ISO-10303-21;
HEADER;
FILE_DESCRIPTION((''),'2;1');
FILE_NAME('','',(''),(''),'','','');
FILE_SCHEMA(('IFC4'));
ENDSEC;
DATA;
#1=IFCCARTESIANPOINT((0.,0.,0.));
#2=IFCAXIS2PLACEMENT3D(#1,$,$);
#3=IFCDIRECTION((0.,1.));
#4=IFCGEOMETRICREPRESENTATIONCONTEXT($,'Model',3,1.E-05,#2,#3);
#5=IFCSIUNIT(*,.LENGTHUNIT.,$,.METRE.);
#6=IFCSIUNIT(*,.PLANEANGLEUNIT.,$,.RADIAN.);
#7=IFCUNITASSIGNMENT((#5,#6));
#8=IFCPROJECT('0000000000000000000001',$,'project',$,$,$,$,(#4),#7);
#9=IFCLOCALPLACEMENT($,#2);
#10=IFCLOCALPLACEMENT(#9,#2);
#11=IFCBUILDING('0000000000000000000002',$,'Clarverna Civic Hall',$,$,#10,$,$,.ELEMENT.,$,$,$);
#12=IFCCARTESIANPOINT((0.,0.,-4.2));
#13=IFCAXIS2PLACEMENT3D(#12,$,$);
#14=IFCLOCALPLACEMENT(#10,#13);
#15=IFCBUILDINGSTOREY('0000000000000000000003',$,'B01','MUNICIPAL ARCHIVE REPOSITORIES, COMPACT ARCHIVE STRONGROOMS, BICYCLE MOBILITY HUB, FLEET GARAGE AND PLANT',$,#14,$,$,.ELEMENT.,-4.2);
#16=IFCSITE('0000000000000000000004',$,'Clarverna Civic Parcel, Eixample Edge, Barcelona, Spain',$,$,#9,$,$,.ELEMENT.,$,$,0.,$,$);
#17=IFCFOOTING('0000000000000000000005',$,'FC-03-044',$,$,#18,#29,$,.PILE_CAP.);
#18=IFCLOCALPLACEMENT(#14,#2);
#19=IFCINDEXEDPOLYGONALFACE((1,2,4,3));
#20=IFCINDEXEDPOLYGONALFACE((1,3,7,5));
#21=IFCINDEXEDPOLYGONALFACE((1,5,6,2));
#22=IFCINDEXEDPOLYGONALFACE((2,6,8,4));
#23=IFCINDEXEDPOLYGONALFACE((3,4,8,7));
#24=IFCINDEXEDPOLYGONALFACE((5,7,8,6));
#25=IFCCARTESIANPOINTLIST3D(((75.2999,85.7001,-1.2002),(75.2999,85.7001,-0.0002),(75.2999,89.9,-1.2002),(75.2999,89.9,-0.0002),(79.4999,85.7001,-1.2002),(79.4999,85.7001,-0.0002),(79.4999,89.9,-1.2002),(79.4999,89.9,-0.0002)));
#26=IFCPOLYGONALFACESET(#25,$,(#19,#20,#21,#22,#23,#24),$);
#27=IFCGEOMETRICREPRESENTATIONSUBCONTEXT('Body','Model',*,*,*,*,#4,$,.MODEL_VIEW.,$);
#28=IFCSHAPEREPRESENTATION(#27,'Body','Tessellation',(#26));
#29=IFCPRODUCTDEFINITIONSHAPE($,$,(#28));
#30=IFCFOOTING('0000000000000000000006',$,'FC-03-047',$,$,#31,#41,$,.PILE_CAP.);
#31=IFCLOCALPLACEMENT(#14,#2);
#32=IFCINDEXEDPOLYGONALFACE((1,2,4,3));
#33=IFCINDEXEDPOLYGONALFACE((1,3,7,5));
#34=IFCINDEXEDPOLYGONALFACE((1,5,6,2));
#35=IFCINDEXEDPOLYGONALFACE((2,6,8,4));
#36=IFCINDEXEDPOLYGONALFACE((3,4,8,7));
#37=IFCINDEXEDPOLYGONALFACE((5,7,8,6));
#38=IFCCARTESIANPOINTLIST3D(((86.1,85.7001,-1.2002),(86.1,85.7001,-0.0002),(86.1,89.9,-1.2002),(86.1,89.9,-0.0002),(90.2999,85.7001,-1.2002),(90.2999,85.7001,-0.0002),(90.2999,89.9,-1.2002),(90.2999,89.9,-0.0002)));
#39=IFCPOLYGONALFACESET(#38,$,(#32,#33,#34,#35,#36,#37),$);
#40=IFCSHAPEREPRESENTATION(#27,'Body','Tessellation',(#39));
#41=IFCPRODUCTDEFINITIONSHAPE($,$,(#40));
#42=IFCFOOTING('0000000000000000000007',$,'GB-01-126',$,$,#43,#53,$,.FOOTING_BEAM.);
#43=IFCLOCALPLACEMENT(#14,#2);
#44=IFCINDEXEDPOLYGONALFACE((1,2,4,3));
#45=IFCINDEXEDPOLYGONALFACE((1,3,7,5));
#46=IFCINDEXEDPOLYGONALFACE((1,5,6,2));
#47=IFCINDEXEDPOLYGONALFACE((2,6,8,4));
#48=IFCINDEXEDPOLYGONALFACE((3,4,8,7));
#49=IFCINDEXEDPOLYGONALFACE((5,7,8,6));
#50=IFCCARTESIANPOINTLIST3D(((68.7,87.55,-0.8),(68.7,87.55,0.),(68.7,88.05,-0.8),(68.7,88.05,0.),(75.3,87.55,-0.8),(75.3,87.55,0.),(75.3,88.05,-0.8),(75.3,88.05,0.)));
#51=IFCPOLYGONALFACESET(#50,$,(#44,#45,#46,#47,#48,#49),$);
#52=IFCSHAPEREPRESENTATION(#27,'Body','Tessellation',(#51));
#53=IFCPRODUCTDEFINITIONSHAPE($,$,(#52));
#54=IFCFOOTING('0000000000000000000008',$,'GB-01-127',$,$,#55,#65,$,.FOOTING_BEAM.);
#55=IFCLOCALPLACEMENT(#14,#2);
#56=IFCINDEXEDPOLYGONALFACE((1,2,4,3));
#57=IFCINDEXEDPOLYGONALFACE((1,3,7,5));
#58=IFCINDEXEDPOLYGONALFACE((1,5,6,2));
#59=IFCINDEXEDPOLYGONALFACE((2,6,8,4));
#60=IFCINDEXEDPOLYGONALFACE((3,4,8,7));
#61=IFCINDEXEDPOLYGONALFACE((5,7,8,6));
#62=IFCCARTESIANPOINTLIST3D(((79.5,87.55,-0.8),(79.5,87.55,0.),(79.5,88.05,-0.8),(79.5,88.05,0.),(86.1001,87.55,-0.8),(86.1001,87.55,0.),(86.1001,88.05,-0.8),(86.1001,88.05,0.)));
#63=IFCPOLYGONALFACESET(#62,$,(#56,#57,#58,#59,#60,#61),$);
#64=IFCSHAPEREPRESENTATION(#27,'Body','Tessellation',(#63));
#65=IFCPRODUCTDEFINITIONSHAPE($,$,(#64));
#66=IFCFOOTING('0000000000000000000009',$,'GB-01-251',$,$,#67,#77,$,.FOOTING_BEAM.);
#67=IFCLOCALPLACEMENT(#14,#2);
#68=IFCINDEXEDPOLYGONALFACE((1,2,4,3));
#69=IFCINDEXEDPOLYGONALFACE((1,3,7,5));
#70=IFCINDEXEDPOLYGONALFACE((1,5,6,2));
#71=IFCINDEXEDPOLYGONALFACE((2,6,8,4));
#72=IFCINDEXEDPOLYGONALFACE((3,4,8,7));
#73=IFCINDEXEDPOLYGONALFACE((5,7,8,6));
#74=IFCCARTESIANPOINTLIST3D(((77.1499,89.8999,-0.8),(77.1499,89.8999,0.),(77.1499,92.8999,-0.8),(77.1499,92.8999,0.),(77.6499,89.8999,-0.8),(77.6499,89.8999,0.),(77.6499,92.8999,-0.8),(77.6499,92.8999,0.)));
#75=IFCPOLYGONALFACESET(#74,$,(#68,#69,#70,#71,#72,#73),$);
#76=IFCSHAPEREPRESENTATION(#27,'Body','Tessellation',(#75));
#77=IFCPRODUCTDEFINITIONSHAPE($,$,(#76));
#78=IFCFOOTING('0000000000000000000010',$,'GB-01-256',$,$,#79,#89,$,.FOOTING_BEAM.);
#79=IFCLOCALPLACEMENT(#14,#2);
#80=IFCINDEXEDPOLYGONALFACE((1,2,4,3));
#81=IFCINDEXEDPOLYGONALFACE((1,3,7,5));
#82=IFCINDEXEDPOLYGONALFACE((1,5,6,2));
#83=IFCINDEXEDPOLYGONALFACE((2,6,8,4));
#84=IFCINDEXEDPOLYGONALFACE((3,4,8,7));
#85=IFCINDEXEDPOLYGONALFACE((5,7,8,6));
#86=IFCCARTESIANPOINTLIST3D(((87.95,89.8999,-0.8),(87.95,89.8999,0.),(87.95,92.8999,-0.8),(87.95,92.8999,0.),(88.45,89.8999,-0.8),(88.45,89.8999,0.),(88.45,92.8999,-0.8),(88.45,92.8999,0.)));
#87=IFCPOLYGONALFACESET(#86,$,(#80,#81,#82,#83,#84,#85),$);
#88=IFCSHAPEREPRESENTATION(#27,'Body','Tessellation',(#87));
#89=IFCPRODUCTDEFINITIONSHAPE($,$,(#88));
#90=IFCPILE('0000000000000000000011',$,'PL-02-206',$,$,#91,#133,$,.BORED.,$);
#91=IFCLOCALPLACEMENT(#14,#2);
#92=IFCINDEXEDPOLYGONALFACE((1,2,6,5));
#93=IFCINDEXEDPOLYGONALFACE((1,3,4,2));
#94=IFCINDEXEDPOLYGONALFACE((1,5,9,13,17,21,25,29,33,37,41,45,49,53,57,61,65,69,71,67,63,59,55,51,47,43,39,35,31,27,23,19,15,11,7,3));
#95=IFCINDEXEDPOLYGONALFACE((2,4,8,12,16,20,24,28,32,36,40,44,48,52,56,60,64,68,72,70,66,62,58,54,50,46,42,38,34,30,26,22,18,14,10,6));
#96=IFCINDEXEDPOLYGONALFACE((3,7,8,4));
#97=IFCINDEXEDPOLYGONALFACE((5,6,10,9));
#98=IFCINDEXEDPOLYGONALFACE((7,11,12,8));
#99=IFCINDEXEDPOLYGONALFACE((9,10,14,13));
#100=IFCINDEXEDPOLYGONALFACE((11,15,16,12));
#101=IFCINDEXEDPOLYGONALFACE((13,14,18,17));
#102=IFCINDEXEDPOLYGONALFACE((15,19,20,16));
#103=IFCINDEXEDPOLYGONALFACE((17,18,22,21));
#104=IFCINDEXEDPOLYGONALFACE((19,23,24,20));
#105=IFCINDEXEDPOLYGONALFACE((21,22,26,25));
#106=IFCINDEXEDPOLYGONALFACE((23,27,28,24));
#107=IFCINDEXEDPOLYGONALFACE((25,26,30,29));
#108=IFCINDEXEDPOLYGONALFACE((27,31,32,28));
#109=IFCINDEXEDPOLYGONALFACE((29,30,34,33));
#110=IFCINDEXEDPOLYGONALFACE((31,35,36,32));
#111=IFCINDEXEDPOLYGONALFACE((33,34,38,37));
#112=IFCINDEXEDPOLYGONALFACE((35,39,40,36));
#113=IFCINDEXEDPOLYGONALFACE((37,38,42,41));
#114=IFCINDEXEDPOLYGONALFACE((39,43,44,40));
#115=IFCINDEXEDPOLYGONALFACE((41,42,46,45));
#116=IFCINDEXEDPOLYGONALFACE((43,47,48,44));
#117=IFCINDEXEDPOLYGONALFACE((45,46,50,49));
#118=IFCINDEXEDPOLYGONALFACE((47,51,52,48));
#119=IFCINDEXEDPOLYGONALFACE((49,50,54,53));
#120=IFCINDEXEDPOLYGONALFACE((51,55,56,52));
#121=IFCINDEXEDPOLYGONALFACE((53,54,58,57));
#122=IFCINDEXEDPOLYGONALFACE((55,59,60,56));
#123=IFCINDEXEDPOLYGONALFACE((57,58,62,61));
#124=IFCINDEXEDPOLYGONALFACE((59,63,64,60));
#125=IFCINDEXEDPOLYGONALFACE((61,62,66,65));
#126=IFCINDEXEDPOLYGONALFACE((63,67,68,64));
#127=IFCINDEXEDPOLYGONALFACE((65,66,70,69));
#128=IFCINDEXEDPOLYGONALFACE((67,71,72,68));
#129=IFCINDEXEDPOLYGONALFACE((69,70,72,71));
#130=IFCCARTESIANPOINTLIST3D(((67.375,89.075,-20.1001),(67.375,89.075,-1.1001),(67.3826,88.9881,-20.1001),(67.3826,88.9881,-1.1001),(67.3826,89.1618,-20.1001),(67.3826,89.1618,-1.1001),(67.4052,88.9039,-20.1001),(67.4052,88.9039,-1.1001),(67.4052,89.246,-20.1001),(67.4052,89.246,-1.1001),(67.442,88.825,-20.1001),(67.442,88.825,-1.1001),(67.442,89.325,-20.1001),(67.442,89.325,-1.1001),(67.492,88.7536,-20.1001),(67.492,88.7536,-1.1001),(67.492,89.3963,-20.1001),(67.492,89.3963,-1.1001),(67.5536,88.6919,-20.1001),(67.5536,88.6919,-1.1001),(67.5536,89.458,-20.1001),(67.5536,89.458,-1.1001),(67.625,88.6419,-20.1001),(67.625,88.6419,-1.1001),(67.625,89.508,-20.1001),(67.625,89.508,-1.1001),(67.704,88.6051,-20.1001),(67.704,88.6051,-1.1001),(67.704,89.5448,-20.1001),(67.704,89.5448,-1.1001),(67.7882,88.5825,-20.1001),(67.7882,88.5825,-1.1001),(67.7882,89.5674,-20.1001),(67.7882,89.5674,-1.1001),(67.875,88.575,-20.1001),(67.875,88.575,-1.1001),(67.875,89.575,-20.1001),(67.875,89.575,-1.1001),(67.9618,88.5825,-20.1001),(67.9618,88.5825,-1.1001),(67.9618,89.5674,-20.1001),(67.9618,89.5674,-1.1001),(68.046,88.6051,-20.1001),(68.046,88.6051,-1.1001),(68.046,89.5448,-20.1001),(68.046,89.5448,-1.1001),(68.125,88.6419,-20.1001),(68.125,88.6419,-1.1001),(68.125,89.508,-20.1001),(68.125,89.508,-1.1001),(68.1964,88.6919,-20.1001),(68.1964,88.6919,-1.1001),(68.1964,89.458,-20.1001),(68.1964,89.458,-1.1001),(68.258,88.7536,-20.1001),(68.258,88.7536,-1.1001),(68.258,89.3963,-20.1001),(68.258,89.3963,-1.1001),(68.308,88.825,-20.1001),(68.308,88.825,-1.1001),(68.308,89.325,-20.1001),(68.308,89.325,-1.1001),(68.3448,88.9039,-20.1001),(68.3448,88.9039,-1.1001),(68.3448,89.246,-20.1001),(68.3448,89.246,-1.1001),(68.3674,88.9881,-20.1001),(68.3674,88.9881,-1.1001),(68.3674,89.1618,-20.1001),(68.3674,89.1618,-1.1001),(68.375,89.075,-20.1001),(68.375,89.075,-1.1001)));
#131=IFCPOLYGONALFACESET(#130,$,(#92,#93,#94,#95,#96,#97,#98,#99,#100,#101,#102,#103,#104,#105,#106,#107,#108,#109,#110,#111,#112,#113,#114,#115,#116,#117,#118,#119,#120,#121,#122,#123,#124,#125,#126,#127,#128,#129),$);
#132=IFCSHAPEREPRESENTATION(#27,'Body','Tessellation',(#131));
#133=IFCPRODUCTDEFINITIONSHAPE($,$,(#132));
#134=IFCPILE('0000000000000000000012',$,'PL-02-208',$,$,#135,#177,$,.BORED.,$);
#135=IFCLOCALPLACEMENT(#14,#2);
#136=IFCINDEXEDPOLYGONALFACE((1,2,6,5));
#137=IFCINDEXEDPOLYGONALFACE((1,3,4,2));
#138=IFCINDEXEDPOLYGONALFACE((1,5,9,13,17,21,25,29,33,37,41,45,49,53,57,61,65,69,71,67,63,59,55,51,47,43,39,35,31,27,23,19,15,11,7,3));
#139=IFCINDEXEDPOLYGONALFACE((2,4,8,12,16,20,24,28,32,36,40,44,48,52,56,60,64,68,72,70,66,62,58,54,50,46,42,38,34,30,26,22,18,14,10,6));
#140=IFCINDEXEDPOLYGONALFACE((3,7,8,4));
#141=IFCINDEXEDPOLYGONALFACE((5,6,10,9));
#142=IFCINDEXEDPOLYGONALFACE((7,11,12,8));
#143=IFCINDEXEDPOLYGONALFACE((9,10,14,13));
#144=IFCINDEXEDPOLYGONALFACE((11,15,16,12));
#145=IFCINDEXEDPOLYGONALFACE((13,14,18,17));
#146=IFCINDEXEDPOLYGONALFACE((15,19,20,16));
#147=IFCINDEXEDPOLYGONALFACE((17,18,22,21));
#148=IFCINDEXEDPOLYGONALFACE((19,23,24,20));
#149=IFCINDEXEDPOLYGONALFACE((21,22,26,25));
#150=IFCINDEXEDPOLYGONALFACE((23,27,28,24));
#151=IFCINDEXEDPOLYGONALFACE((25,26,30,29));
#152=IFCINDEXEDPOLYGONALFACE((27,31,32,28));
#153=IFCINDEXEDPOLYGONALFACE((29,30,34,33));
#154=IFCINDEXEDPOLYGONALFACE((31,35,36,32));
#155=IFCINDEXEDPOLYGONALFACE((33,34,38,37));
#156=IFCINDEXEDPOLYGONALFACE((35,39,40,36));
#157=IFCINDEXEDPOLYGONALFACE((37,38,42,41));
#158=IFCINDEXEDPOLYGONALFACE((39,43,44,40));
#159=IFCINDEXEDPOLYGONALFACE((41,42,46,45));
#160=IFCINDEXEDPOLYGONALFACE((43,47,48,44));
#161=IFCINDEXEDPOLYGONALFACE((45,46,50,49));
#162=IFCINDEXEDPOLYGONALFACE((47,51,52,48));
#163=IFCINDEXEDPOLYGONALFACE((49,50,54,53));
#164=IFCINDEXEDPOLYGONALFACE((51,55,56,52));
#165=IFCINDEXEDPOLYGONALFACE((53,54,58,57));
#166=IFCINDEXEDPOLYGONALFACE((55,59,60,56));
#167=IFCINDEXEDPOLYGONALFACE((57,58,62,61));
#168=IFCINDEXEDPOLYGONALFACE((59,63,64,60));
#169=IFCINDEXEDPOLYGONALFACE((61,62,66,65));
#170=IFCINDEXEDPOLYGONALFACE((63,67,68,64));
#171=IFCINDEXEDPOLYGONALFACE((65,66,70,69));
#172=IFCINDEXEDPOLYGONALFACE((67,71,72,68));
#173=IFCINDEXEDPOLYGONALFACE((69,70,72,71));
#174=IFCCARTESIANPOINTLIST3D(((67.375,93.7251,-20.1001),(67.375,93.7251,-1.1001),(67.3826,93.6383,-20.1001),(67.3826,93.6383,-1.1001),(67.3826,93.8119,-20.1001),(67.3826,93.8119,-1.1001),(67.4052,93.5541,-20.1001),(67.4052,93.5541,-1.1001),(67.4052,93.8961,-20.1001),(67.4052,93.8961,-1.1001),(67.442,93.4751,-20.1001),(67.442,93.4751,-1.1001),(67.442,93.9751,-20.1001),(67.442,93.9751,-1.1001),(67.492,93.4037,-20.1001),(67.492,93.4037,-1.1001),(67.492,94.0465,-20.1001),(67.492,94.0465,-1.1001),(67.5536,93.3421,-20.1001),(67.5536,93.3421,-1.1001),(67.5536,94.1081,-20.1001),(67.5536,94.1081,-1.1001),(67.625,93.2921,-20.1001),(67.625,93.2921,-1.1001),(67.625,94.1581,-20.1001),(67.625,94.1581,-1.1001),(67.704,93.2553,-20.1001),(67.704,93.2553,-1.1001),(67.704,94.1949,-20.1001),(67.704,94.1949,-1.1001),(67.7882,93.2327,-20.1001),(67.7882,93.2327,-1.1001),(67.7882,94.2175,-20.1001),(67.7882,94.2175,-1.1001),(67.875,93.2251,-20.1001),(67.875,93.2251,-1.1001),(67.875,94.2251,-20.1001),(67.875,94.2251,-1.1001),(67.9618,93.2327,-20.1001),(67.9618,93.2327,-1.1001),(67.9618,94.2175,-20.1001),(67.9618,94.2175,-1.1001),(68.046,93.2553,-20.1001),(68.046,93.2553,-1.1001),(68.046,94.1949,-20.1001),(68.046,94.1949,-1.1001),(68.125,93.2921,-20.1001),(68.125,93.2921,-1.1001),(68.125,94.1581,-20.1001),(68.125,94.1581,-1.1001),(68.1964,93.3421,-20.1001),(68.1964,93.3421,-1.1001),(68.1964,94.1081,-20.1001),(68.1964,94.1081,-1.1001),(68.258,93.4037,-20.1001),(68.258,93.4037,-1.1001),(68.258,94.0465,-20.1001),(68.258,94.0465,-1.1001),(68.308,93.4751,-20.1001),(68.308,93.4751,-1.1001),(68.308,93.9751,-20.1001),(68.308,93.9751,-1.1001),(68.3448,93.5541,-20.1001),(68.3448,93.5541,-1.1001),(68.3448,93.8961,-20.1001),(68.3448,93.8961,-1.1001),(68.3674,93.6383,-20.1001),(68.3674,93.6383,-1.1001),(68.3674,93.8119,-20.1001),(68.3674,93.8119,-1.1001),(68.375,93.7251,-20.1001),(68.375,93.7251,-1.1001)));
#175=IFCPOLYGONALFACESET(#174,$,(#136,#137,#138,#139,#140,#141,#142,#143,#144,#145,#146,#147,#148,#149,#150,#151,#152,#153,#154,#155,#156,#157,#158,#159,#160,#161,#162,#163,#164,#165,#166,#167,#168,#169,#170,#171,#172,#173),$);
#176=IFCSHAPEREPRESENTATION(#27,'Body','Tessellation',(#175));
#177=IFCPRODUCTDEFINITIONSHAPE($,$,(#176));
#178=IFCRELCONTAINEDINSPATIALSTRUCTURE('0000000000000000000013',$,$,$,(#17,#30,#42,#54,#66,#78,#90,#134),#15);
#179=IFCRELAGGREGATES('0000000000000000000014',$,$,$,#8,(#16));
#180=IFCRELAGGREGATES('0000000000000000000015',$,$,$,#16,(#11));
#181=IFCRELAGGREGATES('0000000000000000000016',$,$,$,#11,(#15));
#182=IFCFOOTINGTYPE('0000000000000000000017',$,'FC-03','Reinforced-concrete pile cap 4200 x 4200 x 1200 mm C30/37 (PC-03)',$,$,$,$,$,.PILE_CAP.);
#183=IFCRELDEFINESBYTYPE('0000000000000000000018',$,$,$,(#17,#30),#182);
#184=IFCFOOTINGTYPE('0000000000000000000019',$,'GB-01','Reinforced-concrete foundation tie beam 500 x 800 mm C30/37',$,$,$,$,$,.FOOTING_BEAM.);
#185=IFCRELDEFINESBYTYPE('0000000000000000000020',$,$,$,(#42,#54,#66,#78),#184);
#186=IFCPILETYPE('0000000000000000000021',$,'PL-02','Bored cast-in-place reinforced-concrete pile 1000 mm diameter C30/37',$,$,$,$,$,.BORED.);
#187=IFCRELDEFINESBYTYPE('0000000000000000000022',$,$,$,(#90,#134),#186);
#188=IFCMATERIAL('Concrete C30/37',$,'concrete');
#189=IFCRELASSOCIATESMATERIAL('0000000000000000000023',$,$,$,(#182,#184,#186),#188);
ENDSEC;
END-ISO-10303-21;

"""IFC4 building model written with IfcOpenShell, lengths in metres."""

from ifc_helpers import new_model, si_unit, direction, frame, frame_2d, origin, origin_2d, place, context, subcontext, project, spatial, rectangle, circle, extrude, material, material_profile, profile_set, type_object, element, save


model = new_model("IFC4")

# Units and contexts
model_context = context("Model", 3, precision=1e-05, world=origin(), true_north=direction((0.0, 1.0)))
body_context = subcontext(model_context, "Body", "Model", "MODEL_VIEW")
ifc_project = project(units=[si_unit("LENGTHUNIT", "METRE"), si_unit("PLANEANGLEUNIT", "RADIAN")], contexts=[model_context])

# Site, building, storey
site_placement = place(None, origin())
site = spatial("IfcSite", under=ifc_project, at=site_placement, Name="Clarverna Civic Parcel, Eixample Edge, Barcelona, Spain", CompositionType="ELEMENT", RefElevation=0.0)
building_placement = place(site_placement, origin())
building = spatial("IfcBuilding", under=site, at=building_placement, Name="Clarverna Civic Hall", CompositionType="ELEMENT")
storey_placement = place(building_placement, frame((0.0, 0.0, -4.2)))
storey = spatial("IfcBuildingStorey", under=building, at=storey_placement, Name="B01", Description="MUNICIPAL ARCHIVE REPOSITORIES, COMPACT ARCHIVE STRONGROOMS, BICYCLE MOBILITY HUB, FLEET GARAGE AND PLANT", CompositionType="ELEMENT", Elevation=-4.2)

# Footings
ifc_material_1 = material(Name="Concrete C30/37", Category="concrete")
footing_type_1 = type_object("IfcFootingType", Name="FC-03", Description="Reinforced-concrete pile cap 4200 x 4200 x 1200 mm C30/37 (PC-03)", PredefinedType="PILE_CAP", material=ifc_material_1)
for number, where, z_axis, x_axis, name in (
    (1, (77.3999, 87.8, -1.2002), (0.0, 0.0, 1.0), (1.0, 0.0, 0.0), "FC-03-044"),
    (2, (88.2, 87.8, -1.2002), (0.0, 0.0, 1.0), (1.0, 0.0, 0.0), "FC-03-047"),
):
    element("IfcFooting", number, at=place(storey_placement, frame(where, z_axis=z_axis, x_axis=x_axis)), inside=storey, type_object=footing_type_1, Name=name, PredefinedType="PILE_CAP", context=body_context, shape_type="SweptSolid", body=[
        extrude(rectangle(XDim=4.2, YDim=4.2, at=origin_2d()), origin(), (0.0, 0.0, 1.0), 1.2),
    ])
footing_type_2 = type_object("IfcFootingType", Name="GB-01", Description="Reinforced-concrete foundation tie beam 500 x 800 mm C30/37", PredefinedType="FOOTING_BEAM", material=ifc_material_1)
for number, where, z_axis, x_axis, name in (
    (3, (68.7, 87.8, -0.8), (0.0, 0.0, 1.0), (1.0, 0.0, 0.0), "GB-01-126"),
    (4, (79.5, 87.8, -0.8), (0.0, 0.0, 1.0), (1.0, 0.0, 0.0), "GB-01-127"),
):
    element("IfcFooting", number, at=place(storey_placement, frame(where, z_axis=z_axis, x_axis=x_axis)), inside=storey, type_object=footing_type_2, Name=name, PredefinedType="FOOTING_BEAM", context=body_context, shape_type="SweptSolid", body=[
        extrude(rectangle(XDim=6.6001, YDim=0.5, at=frame_2d((3.3, 0.0))), origin(), (0.0, 0.0, 1.0), 0.8),
    ])
for number, where, z_axis, x_axis, name in (
    (5, (77.3999, 89.8999, -0.8), (0.0, 0.0, 1.0), (0.0, 1.0, 0.0), "GB-01-251"),
    (6, (88.2, 89.8999, -0.8), (0.0, 0.0, 1.0), (0.0, 1.0, 0.0), "GB-01-256"),
):
    element("IfcFooting", number, at=place(storey_placement, frame(where, z_axis=z_axis, x_axis=x_axis)), inside=storey, type_object=footing_type_2, Name=name, PredefinedType="FOOTING_BEAM", context=body_context, shape_type="SweptSolid", body=[
        extrude(rectangle(XDim=3.0, YDim=0.5, at=frame_2d((1.5, 0.0))), origin(), (0.0, 0.0, 1.0), 0.8),
    ])

# Piles
ifc_material_profile_1 = material_profile(ifc_material_1, circle(Radius=0.5, at=origin_2d()), Name="BORED PILE D1000")
ifc_profile_set_1 = profile_set([ifc_material_profile_1], Name="Concrete C30/37")
pile_type = type_object("IfcPileType", Name="PL-02", Description="Bored cast-in-place reinforced-concrete pile 1000 mm diameter C30/37", PredefinedType="BORED", material=ifc_profile_set_1)
for number, where, z_axis, x_axis, name in (
    (7, (67.875, 89.075, -1.1001), (0.0, 0.0, -1.0), (1.0, 0.0, 0.0), "PL-02-206"),
    (8, (67.875, 93.7251, -1.1001), (0.0, 0.0, -1.0), (1.0, 0.0, 0.0), "PL-02-208"),
):
    element("IfcPile", number, at=place(storey_placement, frame(where, z_axis=z_axis, x_axis=x_axis)), inside=storey, type_object=pile_type, Name=name, PredefinedType="BORED", context=body_context, shape_type="SweptSolid", body=[
        extrude(circle(Radius=0.5, at=origin_2d()), origin(), (0.0, 0.0, 1.0), 19.0),
    ])

save(model, "model.ifc")
